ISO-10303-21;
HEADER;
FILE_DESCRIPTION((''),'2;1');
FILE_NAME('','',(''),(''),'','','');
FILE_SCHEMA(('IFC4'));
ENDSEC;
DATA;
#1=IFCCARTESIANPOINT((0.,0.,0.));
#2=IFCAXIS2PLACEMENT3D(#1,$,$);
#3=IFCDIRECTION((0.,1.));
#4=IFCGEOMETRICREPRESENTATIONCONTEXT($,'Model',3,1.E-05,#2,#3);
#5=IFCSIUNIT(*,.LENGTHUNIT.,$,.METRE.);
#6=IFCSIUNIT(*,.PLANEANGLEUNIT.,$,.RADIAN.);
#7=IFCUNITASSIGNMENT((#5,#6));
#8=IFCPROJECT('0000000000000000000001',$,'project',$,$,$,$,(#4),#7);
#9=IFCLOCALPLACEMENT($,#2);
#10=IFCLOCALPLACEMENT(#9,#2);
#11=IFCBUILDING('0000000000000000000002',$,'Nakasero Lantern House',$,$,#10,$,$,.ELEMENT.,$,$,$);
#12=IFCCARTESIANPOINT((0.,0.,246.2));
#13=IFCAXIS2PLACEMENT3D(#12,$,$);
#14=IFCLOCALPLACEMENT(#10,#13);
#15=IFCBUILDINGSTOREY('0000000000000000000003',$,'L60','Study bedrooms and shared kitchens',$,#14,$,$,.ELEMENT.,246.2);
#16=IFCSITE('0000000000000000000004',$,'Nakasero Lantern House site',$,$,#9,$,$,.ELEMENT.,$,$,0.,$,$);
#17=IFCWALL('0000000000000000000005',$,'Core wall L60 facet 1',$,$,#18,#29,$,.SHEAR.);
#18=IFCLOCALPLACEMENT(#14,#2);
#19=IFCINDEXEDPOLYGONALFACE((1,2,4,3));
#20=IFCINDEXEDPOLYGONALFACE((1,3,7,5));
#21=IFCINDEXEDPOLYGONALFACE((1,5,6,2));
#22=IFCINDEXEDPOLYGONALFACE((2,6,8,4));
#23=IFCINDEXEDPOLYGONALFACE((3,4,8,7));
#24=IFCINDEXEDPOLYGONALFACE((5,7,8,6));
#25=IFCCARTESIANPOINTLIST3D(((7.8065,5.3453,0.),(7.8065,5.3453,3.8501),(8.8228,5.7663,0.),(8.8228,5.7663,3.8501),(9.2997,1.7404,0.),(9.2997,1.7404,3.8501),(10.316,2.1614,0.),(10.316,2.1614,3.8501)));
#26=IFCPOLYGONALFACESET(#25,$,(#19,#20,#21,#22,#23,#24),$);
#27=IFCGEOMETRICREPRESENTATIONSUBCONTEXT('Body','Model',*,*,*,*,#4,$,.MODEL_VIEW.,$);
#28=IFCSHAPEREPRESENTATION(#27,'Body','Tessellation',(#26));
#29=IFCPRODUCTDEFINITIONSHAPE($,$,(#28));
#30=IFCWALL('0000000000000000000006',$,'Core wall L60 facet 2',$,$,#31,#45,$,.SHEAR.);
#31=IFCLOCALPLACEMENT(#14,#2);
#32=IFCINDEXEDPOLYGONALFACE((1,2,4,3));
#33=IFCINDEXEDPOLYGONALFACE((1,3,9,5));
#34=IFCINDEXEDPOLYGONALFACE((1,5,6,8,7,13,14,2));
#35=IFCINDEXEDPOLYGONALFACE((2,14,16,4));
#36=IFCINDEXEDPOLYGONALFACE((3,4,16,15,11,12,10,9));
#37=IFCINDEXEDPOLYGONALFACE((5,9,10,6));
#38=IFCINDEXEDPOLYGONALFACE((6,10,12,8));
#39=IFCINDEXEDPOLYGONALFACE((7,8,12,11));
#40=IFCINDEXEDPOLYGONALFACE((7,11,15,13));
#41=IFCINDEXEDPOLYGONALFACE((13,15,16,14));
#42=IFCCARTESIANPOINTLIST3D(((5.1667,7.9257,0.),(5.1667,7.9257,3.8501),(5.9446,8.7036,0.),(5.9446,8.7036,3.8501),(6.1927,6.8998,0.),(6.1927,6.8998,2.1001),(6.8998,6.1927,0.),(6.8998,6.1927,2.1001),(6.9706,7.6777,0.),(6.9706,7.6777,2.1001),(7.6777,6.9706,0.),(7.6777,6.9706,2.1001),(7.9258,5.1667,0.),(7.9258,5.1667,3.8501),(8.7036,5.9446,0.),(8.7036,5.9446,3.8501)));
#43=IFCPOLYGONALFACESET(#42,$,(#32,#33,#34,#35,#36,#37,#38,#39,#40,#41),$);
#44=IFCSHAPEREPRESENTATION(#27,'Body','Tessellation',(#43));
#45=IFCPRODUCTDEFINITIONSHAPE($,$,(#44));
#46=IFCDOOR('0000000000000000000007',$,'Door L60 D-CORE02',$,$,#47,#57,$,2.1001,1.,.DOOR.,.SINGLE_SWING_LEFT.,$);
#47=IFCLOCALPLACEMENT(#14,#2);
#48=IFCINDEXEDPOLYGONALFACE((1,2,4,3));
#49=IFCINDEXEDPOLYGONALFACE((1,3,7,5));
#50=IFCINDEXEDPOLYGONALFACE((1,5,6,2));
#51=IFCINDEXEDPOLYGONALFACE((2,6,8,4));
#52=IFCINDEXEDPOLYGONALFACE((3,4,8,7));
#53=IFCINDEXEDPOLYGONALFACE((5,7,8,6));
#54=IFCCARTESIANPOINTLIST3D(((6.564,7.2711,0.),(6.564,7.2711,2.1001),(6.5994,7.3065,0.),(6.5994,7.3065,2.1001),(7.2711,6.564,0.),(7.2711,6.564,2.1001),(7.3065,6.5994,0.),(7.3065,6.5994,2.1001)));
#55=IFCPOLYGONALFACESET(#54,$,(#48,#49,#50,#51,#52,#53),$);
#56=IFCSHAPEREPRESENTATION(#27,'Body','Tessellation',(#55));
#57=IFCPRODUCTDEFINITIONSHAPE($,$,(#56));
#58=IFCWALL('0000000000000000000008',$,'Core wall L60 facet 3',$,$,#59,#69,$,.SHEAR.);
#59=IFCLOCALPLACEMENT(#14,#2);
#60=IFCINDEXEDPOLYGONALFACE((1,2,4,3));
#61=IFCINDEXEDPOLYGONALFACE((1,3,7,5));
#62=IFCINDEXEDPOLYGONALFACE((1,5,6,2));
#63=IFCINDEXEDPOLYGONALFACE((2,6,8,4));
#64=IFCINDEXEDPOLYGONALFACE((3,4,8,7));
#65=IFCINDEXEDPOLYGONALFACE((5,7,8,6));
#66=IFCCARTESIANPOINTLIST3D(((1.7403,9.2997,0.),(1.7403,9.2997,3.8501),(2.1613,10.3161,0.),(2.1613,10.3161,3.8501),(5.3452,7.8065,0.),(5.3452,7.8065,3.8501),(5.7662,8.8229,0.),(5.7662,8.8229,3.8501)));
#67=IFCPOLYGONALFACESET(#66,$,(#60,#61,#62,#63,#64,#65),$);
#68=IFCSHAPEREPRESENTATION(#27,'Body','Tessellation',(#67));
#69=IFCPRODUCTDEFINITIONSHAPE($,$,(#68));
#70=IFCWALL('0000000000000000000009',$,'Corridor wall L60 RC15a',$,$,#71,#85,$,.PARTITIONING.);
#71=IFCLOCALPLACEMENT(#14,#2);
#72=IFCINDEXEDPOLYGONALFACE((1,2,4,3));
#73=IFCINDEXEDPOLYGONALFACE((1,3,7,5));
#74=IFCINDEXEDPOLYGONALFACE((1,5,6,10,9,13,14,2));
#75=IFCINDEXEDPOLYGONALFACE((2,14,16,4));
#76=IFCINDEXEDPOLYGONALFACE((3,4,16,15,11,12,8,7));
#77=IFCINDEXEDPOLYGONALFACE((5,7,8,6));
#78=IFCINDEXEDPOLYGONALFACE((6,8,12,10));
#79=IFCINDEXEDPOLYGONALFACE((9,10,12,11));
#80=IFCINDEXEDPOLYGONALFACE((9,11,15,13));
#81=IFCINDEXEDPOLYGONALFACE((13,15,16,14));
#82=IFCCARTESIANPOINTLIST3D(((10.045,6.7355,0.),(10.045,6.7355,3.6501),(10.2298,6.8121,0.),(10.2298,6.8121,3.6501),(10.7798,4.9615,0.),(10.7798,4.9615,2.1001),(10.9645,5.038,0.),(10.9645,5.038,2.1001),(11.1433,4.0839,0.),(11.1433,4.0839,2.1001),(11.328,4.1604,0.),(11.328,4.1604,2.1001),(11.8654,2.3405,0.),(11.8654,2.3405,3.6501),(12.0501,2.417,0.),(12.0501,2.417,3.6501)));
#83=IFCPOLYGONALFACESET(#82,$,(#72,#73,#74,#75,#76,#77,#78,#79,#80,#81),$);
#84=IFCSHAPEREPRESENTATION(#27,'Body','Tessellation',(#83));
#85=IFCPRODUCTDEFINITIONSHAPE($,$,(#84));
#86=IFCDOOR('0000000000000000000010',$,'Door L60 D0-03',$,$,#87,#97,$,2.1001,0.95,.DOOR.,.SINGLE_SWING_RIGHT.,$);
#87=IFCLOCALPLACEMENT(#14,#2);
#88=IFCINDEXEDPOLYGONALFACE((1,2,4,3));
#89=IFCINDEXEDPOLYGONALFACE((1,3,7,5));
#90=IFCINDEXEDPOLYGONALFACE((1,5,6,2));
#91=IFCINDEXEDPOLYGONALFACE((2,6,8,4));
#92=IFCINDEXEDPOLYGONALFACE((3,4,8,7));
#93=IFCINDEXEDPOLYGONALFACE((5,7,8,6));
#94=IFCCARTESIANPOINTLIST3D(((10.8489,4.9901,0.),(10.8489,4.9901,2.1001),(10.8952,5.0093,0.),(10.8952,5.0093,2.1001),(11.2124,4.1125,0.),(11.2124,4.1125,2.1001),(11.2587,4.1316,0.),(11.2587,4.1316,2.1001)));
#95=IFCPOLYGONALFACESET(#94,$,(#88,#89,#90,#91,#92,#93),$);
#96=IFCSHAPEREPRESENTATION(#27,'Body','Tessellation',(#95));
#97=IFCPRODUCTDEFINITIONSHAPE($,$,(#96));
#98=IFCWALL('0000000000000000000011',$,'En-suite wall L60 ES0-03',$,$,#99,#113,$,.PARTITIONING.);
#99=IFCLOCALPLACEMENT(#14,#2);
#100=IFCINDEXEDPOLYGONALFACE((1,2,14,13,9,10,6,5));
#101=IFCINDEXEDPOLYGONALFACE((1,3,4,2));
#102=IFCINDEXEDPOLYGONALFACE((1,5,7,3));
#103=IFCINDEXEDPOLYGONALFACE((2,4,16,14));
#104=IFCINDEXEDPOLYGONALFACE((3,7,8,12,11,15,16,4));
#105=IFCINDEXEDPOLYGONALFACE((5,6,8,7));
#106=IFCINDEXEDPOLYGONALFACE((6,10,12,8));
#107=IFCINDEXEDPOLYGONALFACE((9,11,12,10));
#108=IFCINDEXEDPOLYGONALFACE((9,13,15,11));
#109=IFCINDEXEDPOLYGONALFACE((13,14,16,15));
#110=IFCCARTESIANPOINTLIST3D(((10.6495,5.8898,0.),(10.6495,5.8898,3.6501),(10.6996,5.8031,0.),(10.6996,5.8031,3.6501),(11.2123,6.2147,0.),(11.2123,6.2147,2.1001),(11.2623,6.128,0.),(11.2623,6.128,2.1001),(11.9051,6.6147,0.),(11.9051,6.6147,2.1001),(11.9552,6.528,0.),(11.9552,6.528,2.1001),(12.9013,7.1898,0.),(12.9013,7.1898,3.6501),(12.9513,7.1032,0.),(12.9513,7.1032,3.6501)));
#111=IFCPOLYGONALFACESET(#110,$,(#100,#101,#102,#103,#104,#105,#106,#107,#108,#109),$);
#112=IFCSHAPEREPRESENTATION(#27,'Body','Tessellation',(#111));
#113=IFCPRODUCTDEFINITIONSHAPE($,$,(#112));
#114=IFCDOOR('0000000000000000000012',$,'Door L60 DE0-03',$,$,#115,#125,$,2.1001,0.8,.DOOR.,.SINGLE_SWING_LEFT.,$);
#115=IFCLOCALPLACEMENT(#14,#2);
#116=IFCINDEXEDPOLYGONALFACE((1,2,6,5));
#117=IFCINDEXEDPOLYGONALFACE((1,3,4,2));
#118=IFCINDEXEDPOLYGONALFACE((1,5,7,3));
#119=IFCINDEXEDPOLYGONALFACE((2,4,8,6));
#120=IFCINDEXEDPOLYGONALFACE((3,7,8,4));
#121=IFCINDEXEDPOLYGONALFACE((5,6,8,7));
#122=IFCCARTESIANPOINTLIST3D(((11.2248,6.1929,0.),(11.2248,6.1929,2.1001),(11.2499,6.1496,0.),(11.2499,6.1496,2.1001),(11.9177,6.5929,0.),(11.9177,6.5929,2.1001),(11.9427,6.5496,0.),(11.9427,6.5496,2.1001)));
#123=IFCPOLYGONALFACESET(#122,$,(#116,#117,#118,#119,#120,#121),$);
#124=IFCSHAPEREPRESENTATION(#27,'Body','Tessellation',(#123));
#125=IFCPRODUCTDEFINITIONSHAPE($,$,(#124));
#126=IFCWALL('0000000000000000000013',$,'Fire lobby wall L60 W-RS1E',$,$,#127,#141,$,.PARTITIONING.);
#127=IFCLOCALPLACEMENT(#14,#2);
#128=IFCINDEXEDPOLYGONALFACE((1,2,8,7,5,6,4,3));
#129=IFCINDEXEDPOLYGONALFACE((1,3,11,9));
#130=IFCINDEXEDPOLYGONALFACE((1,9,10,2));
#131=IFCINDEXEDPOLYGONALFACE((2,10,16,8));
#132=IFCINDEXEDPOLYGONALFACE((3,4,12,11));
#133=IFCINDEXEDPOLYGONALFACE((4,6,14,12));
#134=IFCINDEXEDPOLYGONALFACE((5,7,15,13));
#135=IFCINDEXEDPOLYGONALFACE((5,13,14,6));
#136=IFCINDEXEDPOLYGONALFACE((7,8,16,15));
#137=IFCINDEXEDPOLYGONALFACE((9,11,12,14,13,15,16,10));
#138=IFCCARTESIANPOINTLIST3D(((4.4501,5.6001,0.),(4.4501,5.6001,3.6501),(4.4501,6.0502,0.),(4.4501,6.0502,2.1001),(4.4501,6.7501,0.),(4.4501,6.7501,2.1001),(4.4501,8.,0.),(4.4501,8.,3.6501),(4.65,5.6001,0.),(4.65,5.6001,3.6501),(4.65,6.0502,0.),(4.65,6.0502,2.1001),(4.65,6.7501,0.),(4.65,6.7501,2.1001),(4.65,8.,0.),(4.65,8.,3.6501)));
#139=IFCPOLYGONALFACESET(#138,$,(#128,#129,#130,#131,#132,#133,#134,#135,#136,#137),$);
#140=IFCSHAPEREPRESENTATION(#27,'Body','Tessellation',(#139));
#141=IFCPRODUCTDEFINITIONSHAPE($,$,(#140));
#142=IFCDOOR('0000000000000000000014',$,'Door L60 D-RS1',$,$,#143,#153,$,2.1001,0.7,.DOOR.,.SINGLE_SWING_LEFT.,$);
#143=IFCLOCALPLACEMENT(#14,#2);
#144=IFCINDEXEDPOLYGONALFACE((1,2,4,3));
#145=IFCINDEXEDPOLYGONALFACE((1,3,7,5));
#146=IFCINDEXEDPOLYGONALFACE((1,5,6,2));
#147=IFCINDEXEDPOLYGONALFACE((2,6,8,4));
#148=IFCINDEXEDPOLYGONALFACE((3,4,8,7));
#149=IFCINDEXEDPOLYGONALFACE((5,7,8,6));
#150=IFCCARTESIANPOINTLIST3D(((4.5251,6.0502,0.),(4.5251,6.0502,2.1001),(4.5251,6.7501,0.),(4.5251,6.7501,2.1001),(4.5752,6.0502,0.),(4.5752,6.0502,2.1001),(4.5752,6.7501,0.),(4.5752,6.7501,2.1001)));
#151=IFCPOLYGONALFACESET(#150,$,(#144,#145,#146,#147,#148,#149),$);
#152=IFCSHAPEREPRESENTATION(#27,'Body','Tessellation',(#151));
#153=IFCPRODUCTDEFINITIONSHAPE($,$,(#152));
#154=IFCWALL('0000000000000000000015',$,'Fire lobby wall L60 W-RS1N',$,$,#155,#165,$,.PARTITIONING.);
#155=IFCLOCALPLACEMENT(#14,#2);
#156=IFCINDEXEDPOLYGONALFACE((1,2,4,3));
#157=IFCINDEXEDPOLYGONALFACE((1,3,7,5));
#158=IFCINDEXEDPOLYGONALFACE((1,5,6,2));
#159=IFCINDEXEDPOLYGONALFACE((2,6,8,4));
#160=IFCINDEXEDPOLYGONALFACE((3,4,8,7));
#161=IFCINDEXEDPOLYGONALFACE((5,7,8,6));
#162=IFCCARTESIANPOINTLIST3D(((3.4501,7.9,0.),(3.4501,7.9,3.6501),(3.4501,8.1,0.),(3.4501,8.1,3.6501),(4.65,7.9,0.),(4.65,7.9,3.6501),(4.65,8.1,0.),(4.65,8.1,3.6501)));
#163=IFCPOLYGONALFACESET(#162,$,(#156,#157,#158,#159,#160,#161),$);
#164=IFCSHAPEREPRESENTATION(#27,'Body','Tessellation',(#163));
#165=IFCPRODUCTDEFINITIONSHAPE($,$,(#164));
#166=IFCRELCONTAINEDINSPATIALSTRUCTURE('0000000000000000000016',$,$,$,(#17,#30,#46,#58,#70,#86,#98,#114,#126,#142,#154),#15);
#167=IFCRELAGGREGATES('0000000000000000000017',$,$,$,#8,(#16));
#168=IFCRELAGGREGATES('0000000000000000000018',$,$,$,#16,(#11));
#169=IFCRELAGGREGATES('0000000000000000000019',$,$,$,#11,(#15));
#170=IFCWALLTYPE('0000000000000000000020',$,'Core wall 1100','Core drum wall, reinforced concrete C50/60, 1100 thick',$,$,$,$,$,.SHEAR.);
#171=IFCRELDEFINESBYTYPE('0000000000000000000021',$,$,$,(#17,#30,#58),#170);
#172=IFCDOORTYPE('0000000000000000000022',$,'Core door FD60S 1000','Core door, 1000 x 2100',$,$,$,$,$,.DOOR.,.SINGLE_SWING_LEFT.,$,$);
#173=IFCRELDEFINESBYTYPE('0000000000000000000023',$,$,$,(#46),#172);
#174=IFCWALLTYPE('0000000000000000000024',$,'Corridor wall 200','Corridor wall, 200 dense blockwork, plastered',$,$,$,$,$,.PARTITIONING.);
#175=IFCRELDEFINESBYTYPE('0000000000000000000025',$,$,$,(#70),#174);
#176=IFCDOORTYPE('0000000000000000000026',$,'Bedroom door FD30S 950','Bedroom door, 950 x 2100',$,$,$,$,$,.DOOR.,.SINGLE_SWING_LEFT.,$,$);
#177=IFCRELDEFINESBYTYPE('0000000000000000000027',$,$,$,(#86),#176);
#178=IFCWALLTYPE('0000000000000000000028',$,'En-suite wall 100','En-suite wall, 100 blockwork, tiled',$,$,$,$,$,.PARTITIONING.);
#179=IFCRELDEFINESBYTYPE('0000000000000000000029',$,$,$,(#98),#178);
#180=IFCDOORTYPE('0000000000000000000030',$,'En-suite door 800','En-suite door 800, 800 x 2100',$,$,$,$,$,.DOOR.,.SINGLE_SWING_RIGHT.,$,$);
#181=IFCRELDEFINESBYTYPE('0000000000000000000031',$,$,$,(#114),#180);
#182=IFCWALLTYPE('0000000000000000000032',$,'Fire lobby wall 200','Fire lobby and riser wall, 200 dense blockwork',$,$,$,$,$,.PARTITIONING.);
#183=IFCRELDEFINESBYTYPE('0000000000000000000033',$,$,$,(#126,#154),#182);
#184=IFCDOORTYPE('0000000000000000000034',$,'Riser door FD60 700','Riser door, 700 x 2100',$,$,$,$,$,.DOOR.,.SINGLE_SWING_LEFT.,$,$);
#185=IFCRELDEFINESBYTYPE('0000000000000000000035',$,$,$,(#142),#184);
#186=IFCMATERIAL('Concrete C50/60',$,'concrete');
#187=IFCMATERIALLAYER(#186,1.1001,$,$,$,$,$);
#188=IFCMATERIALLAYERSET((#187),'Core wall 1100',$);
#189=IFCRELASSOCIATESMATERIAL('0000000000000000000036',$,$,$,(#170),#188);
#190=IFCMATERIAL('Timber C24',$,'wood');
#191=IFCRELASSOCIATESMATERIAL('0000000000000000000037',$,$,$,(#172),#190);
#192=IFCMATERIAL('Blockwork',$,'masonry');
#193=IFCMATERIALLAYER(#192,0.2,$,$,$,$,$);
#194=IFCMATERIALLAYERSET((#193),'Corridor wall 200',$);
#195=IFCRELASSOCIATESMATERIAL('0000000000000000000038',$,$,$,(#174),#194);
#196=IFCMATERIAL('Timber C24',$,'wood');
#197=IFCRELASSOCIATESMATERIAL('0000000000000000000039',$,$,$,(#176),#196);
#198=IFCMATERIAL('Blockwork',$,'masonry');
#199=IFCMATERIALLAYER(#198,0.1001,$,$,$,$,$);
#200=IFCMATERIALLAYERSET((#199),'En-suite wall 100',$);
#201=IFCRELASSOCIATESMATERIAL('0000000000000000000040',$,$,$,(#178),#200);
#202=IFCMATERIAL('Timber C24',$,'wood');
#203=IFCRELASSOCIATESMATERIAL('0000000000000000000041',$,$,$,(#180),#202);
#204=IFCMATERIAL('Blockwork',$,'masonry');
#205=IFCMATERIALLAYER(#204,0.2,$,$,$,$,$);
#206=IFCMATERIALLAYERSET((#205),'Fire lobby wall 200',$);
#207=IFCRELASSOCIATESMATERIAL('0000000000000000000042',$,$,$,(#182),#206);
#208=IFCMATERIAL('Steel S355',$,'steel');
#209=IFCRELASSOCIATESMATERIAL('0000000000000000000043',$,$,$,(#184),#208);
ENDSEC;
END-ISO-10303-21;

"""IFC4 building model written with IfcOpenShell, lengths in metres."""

from ifc_helpers import new_model, si_unit, direction, frame, frame_2d, origin, place, context, subcontext, project, spatial, rectangle, extrude, material, layer, layer_set, type_object, element, fill, save


model = new_model("IFC4")

# Units and contexts
model_context = context("Model", 3, precision=1e-05, world=origin(), true_north=direction((0.0, 1.0)))
body_context = subcontext(model_context, "Body", "Model", "MODEL_VIEW")
ifc_project = project(units=[si_unit("LENGTHUNIT", "METRE"), si_unit("PLANEANGLEUNIT", "RADIAN")], contexts=[model_context])

# Site, building, storey
site_placement = place(None, origin())
site = spatial("IfcSite", under=ifc_project, at=site_placement, Name="Nakasero Lantern House site", CompositionType="ELEMENT", RefElevation=0.0)
building_placement = place(site_placement, origin())
building = spatial("IfcBuilding", under=site, at=building_placement, Name="Nakasero Lantern House", CompositionType="ELEMENT")
storey_placement = place(building_placement, frame((0.0, 0.0, 246.2)))
storey = spatial("IfcBuildingStorey", under=building, at=storey_placement, Name="L60", Description="Study bedrooms and shared kitchens", CompositionType="ELEMENT", Elevation=246.2)

# Wall
ifc_material_1 = material(Name="Concrete C50/60", Category="concrete")
ifc_layer_1 = layer(ifc_material_1, 1.1001)
ifc_layer_set_1 = layer_set([ifc_layer_1], Name="Core wall 1100")
wall_type_1 = type_object("IfcWallType", Name="Core wall 1100", Description="Core drum wall, reinforced concrete C50/60, 1100 thick", PredefinedType="SHEAR", material=ifc_layer_set_1)
wall_1_placement = place(storey_placement, frame((9.8079, 1.9509, 0.0), z_axis=(0.0, 0.0, 1.0), x_axis=(-0.382691, 0.923877, 0.0)))
element("IfcWall", 1, at=wall_1_placement, inside=storey, type_object=wall_type_1, Name="Core wall L60 facet 1", PredefinedType="SHEAR", context=body_context, shape_type="SweptSolid", body=[
    extrude(rectangle(XDim=3.9019, YDim=1.1001, at=frame_2d((1.9509, 0.0))), origin(), (0.0, 0.0, 1.0), 3.8501),
])

# Wall, opening, door
wall_2_placement = place(storey_placement, frame((8.3147, 5.5557, 0.0), z_axis=(0.0, 0.0, 1.0), x_axis=(-0.707107, 0.707107, 0.0)))
wall_2 = element("IfcWall", 2, at=wall_2_placement, inside=storey, type_object=wall_type_1, Name="Core wall L60 facet 2", PredefinedType="SHEAR", context=body_context, shape_type="SweptSolid", body=[
    extrude(rectangle(XDim=3.9019, YDim=1.1001, at=frame_2d((1.9509, 0.0))), origin(), (0.0, 0.0, 1.0), 3.8501),
])
opening_1_placement = place(wall_2_placement, frame((1.4509, 0.0, 0.0)))
opening_1 = element("IfcOpeningElement", 3, at=opening_1_placement, cuts=wall_2, PredefinedType="OPENING", context=body_context, shape_type="SweptSolid", body=[
    extrude(rectangle(XDim=1.0, YDim=2.1001, at=frame_2d((0.5, 1.05))), frame((0.0, 0.5701, 0.0), z_axis=(0.0, -1.0, 0.0), x_axis=(1.0, 0.0, 0.0)), (0.0, 0.0, 1.0), 1.1401),
])
ifc_material_2 = material(Name="Timber C24", Category="wood")
door_type_1 = type_object("IfcDoorType", Name="Core door FD60S 1000", Description="Core door, 1000 x 2100", OperationType="SINGLE_SWING_LEFT", PredefinedType="DOOR", material=ifc_material_2)
door_1_placement = place(opening_1_placement, origin())
door_1 = element("IfcDoor", 4, at=door_1_placement, inside=storey, type_object=door_type_1, Name="Door L60 D-CORE02", OperationType="SINGLE_SWING_LEFT", OverallHeight=2.1001, OverallWidth=1.0, PredefinedType="DOOR", context=body_context, shape_type="SweptSolid", body=[
    extrude(rectangle(XDim=1.0, YDim=2.1001, at=frame_2d((0.5, 1.05))), frame((0.0, 0.0249, 0.0), z_axis=(0.0, -1.0, 0.0), x_axis=(1.0, 0.0, 0.0)), (0.0, 0.0, 1.0), 0.05),
])
fill(opening_1, door_1)

# Wall
wall_3_placement = place(storey_placement, frame((5.5557, 8.3147, 0.0), z_axis=(0.0, 0.0, 1.0), x_axis=(-0.923877, 0.382691, 0.0)))
element("IfcWall", 5, at=wall_3_placement, inside=storey, type_object=wall_type_1, Name="Core wall L60 facet 3", PredefinedType="SHEAR", context=body_context, shape_type="SweptSolid", body=[
    extrude(rectangle(XDim=3.9019, YDim=1.1001, at=frame_2d((1.9509, 0.0))), origin(), (0.0, 0.0, 1.0), 3.8501),
])

# Walls, openings, doors
ifc_material_3 = material(Name="Blockwork", Category="masonry")
ifc_layer_2 = layer(ifc_material_3, 0.2)
ifc_layer_set_2 = layer_set([ifc_layer_2], Name="Corridor wall 200")
wall_type_2 = type_object("IfcWallType", Name="Corridor wall 200", Description="Corridor wall, 200 dense blockwork, plastered", PredefinedType="PARTITIONING", material=ifc_layer_set_2)
wall_4_placement = place(storey_placement, frame((10.1375, 6.7737, 0.0), z_axis=(0.0, 0.0, 1.0), x_axis=(0.382654, -0.923892, 0.0)))
wall_4 = element("IfcWall", 6, at=wall_4_placement, inside=storey, type_object=wall_type_2, Name="Corridor wall L60 RC15a", PredefinedType="PARTITIONING", context=body_context, shape_type="SweptSolid", body=[
    extrude(rectangle(XDim=4.7571, YDim=0.2, at=frame_2d((2.3784, 0.0))), origin(), (0.0, 0.0, 1.0), 3.6501),
])
opening_2_placement = place(wall_4_placement, frame((1.9199, 0.0, 0.0)))
opening_2 = element("IfcOpeningElement", 7, at=opening_2_placement, cuts=wall_4, PredefinedType="OPENING", context=body_context, shape_type="SweptSolid", body=[
    extrude(rectangle(XDim=0.95, YDim=2.1001, at=frame_2d((0.4751, 1.05))), frame((0.0, 0.1199, 0.0), z_axis=(0.0, -1.0, 0.0), x_axis=(1.0, 0.0, 0.0)), (0.0, 0.0, 1.0), 0.24),
])
ifc_material_4 = material(Name="Timber C24", Category="wood")
door_type_2 = type_object("IfcDoorType", Name="Bedroom door FD30S 950", Description="Bedroom door, 950 x 2100", OperationType="SINGLE_SWING_LEFT", PredefinedType="DOOR", material=ifc_material_4)
door_2_placement = place(opening_2_placement, origin())
door_2 = element("IfcDoor", 8, at=door_2_placement, inside=storey, type_object=door_type_2, Name="Door L60 D0-03", OperationType="SINGLE_SWING_RIGHT", OverallHeight=2.1001, OverallWidth=0.95, PredefinedType="DOOR", context=body_context, shape_type="SweptSolid", body=[
    extrude(rectangle(XDim=0.95, YDim=2.1001, at=frame_2d((0.4751, 1.05))), frame((0.0, 0.0249, 0.0), z_axis=(0.0, -1.0, 0.0), x_axis=(1.0, 0.0, 0.0)), (0.0, 0.0, 1.0), 0.05),
])
fill(opening_2, door_2)
ifc_material_5 = material(Name="Blockwork", Category="masonry")
ifc_layer_3 = layer(ifc_material_5, 0.1001)
ifc_layer_set_3 = layer_set([ifc_layer_3], Name="En-suite wall 100")
wall_type_3 = type_object("IfcWallType", Name="En-suite wall 100", Description="En-suite wall, 100 blockwork, tiled", PredefinedType="PARTITIONING", material=ifc_layer_set_3)
wall_5_placement = place(storey_placement, frame((10.6746, 5.8464, 0.0), z_axis=(0.0, 0.0, 1.0), x_axis=(0.866021, 0.500007, 0.0)))
wall_5 = element("IfcWall", 9, at=wall_5_placement, inside=storey, type_object=wall_type_3, Name="En-suite wall L60 ES0-03", PredefinedType="PARTITIONING", context=body_context, shape_type="SweptSolid", body=[
    extrude(rectangle(XDim=2.6001, YDim=0.1001, at=frame_2d((1.3, 0.0))), origin(), (0.0, 0.0, 1.0), 3.6501),
])
opening_3_placement = place(wall_5_placement, frame((0.6499, 0.0, 0.0)))
opening_3 = element("IfcOpeningElement", 10, at=opening_3_placement, cuts=wall_5, PredefinedType="OPENING", context=body_context, shape_type="SweptSolid", body=[
    extrude(rectangle(XDim=0.8, YDim=2.1001, at=frame_2d((0.3999, 1.05))), frame((0.0, 0.0701, 0.0), z_axis=(0.0, -1.0, 0.0), x_axis=(1.0, 0.0, 0.0)), (0.0, 0.0, 1.0), 0.1401),
])
ifc_material_6 = material(Name="Timber C24", Category="wood")
door_type_3 = type_object("IfcDoorType", Name="En-suite door 800", Description="En-suite door 800, 800 x 2100", OperationType="SINGLE_SWING_RIGHT", PredefinedType="DOOR", material=ifc_material_6)
door_3_placement = place(opening_3_placement, origin())
door_3 = element("IfcDoor", 11, at=door_3_placement, inside=storey, type_object=door_type_3, Name="Door L60 DE0-03", OperationType="SINGLE_SWING_LEFT", OverallHeight=2.1001, OverallWidth=0.8, PredefinedType="DOOR", context=body_context, shape_type="SweptSolid", body=[
    extrude(rectangle(XDim=0.8, YDim=2.1001, at=frame_2d((0.3999, 1.05))), frame((0.0, 0.0249, 0.0), z_axis=(0.0, -1.0, 0.0), x_axis=(1.0, 0.0, 0.0)), (0.0, 0.0, 1.0), 0.05),
])
fill(opening_3, door_3)
ifc_material_7 = material(Name="Blockwork", Category="masonry")
ifc_layer_4 = layer(ifc_material_7, 0.2)
ifc_layer_set_4 = layer_set([ifc_layer_4], Name="Fire lobby wall 200")
wall_type_4 = type_object("IfcWallType", Name="Fire lobby wall 200", Description="Fire lobby and riser wall, 200 dense blockwork", PredefinedType="PARTITIONING", material=ifc_layer_set_4)
wall_6_placement = place(storey_placement, frame((4.55, 5.6001, 0.0), z_axis=(0.0, 0.0, 1.0), x_axis=(0.0, 1.0, 0.0)))
wall_6 = element("IfcWall", 12, at=wall_6_placement, inside=storey, type_object=wall_type_4, Name="Fire lobby wall L60 W-RS1E", PredefinedType="PARTITIONING", context=body_context, shape_type="SweptSolid", body=[
    extrude(rectangle(XDim=2.3999, YDim=0.2, at=frame_2d((1.2, 0.0))), origin(), (0.0, 0.0, 1.0), 3.6501),
])
opening_4_placement = place(wall_6_placement, frame((0.45, 0.0, 0.0)))
opening_4 = element("IfcOpeningElement", 13, at=opening_4_placement, cuts=wall_6, PredefinedType="OPENING", context=body_context, shape_type="SweptSolid", body=[
    extrude(rectangle(XDim=0.7, YDim=2.1001, at=frame_2d((0.3501, 1.05))), frame((0.0, 0.1199, 0.0), z_axis=(0.0, -1.0, 0.0), x_axis=(1.0, 0.0, 0.0)), (0.0, 0.0, 1.0), 0.24),
])
ifc_material_8 = material(Name="Steel S355", Category="steel")
door_type_4 = type_object("IfcDoorType", Name="Riser door FD60 700", Description="Riser door, 700 x 2100", OperationType="SINGLE_SWING_LEFT", PredefinedType="DOOR", material=ifc_material_8)
door_4_placement = place(opening_4_placement, origin())
door_4 = element("IfcDoor", 14, at=door_4_placement, inside=storey, type_object=door_type_4, Name="Door L60 D-RS1", OperationType="SINGLE_SWING_LEFT", OverallHeight=2.1001, OverallWidth=0.7, PredefinedType="DOOR", context=body_context, shape_type="SweptSolid", body=[
    extrude(rectangle(XDim=0.7, YDim=2.1001, at=frame_2d((0.3501, 1.05))), frame((0.0, 0.0249, 0.0), z_axis=(0.0, -1.0, 0.0), x_axis=(1.0, 0.0, 0.0)), (0.0, 0.0, 1.0), 0.05),
])
fill(opening_4, door_4)

# Wall
for number, where, z_axis, x_axis, name in (
    (15, (3.45, 8.0, 0.0), (0.0, 0.0, 1.0), (1.0, 0.0, 0.0), "Fire lobby wall L60 W-RS1N"),
):
    element("IfcWall", number, at=place(storey_placement, frame(where, z_axis=z_axis, x_axis=x_axis)), inside=storey, type_object=wall_type_4, Name=name, PredefinedType="PARTITIONING", context=body_context, shape_type="SweptSolid", body=[
        extrude(rectangle(XDim=1.2, YDim=0.2, at=frame_2d((0.6001, 0.0))), origin(), (0.0, 0.0, 1.0), 3.6501),
    ])

save(model, "model.ifc")
